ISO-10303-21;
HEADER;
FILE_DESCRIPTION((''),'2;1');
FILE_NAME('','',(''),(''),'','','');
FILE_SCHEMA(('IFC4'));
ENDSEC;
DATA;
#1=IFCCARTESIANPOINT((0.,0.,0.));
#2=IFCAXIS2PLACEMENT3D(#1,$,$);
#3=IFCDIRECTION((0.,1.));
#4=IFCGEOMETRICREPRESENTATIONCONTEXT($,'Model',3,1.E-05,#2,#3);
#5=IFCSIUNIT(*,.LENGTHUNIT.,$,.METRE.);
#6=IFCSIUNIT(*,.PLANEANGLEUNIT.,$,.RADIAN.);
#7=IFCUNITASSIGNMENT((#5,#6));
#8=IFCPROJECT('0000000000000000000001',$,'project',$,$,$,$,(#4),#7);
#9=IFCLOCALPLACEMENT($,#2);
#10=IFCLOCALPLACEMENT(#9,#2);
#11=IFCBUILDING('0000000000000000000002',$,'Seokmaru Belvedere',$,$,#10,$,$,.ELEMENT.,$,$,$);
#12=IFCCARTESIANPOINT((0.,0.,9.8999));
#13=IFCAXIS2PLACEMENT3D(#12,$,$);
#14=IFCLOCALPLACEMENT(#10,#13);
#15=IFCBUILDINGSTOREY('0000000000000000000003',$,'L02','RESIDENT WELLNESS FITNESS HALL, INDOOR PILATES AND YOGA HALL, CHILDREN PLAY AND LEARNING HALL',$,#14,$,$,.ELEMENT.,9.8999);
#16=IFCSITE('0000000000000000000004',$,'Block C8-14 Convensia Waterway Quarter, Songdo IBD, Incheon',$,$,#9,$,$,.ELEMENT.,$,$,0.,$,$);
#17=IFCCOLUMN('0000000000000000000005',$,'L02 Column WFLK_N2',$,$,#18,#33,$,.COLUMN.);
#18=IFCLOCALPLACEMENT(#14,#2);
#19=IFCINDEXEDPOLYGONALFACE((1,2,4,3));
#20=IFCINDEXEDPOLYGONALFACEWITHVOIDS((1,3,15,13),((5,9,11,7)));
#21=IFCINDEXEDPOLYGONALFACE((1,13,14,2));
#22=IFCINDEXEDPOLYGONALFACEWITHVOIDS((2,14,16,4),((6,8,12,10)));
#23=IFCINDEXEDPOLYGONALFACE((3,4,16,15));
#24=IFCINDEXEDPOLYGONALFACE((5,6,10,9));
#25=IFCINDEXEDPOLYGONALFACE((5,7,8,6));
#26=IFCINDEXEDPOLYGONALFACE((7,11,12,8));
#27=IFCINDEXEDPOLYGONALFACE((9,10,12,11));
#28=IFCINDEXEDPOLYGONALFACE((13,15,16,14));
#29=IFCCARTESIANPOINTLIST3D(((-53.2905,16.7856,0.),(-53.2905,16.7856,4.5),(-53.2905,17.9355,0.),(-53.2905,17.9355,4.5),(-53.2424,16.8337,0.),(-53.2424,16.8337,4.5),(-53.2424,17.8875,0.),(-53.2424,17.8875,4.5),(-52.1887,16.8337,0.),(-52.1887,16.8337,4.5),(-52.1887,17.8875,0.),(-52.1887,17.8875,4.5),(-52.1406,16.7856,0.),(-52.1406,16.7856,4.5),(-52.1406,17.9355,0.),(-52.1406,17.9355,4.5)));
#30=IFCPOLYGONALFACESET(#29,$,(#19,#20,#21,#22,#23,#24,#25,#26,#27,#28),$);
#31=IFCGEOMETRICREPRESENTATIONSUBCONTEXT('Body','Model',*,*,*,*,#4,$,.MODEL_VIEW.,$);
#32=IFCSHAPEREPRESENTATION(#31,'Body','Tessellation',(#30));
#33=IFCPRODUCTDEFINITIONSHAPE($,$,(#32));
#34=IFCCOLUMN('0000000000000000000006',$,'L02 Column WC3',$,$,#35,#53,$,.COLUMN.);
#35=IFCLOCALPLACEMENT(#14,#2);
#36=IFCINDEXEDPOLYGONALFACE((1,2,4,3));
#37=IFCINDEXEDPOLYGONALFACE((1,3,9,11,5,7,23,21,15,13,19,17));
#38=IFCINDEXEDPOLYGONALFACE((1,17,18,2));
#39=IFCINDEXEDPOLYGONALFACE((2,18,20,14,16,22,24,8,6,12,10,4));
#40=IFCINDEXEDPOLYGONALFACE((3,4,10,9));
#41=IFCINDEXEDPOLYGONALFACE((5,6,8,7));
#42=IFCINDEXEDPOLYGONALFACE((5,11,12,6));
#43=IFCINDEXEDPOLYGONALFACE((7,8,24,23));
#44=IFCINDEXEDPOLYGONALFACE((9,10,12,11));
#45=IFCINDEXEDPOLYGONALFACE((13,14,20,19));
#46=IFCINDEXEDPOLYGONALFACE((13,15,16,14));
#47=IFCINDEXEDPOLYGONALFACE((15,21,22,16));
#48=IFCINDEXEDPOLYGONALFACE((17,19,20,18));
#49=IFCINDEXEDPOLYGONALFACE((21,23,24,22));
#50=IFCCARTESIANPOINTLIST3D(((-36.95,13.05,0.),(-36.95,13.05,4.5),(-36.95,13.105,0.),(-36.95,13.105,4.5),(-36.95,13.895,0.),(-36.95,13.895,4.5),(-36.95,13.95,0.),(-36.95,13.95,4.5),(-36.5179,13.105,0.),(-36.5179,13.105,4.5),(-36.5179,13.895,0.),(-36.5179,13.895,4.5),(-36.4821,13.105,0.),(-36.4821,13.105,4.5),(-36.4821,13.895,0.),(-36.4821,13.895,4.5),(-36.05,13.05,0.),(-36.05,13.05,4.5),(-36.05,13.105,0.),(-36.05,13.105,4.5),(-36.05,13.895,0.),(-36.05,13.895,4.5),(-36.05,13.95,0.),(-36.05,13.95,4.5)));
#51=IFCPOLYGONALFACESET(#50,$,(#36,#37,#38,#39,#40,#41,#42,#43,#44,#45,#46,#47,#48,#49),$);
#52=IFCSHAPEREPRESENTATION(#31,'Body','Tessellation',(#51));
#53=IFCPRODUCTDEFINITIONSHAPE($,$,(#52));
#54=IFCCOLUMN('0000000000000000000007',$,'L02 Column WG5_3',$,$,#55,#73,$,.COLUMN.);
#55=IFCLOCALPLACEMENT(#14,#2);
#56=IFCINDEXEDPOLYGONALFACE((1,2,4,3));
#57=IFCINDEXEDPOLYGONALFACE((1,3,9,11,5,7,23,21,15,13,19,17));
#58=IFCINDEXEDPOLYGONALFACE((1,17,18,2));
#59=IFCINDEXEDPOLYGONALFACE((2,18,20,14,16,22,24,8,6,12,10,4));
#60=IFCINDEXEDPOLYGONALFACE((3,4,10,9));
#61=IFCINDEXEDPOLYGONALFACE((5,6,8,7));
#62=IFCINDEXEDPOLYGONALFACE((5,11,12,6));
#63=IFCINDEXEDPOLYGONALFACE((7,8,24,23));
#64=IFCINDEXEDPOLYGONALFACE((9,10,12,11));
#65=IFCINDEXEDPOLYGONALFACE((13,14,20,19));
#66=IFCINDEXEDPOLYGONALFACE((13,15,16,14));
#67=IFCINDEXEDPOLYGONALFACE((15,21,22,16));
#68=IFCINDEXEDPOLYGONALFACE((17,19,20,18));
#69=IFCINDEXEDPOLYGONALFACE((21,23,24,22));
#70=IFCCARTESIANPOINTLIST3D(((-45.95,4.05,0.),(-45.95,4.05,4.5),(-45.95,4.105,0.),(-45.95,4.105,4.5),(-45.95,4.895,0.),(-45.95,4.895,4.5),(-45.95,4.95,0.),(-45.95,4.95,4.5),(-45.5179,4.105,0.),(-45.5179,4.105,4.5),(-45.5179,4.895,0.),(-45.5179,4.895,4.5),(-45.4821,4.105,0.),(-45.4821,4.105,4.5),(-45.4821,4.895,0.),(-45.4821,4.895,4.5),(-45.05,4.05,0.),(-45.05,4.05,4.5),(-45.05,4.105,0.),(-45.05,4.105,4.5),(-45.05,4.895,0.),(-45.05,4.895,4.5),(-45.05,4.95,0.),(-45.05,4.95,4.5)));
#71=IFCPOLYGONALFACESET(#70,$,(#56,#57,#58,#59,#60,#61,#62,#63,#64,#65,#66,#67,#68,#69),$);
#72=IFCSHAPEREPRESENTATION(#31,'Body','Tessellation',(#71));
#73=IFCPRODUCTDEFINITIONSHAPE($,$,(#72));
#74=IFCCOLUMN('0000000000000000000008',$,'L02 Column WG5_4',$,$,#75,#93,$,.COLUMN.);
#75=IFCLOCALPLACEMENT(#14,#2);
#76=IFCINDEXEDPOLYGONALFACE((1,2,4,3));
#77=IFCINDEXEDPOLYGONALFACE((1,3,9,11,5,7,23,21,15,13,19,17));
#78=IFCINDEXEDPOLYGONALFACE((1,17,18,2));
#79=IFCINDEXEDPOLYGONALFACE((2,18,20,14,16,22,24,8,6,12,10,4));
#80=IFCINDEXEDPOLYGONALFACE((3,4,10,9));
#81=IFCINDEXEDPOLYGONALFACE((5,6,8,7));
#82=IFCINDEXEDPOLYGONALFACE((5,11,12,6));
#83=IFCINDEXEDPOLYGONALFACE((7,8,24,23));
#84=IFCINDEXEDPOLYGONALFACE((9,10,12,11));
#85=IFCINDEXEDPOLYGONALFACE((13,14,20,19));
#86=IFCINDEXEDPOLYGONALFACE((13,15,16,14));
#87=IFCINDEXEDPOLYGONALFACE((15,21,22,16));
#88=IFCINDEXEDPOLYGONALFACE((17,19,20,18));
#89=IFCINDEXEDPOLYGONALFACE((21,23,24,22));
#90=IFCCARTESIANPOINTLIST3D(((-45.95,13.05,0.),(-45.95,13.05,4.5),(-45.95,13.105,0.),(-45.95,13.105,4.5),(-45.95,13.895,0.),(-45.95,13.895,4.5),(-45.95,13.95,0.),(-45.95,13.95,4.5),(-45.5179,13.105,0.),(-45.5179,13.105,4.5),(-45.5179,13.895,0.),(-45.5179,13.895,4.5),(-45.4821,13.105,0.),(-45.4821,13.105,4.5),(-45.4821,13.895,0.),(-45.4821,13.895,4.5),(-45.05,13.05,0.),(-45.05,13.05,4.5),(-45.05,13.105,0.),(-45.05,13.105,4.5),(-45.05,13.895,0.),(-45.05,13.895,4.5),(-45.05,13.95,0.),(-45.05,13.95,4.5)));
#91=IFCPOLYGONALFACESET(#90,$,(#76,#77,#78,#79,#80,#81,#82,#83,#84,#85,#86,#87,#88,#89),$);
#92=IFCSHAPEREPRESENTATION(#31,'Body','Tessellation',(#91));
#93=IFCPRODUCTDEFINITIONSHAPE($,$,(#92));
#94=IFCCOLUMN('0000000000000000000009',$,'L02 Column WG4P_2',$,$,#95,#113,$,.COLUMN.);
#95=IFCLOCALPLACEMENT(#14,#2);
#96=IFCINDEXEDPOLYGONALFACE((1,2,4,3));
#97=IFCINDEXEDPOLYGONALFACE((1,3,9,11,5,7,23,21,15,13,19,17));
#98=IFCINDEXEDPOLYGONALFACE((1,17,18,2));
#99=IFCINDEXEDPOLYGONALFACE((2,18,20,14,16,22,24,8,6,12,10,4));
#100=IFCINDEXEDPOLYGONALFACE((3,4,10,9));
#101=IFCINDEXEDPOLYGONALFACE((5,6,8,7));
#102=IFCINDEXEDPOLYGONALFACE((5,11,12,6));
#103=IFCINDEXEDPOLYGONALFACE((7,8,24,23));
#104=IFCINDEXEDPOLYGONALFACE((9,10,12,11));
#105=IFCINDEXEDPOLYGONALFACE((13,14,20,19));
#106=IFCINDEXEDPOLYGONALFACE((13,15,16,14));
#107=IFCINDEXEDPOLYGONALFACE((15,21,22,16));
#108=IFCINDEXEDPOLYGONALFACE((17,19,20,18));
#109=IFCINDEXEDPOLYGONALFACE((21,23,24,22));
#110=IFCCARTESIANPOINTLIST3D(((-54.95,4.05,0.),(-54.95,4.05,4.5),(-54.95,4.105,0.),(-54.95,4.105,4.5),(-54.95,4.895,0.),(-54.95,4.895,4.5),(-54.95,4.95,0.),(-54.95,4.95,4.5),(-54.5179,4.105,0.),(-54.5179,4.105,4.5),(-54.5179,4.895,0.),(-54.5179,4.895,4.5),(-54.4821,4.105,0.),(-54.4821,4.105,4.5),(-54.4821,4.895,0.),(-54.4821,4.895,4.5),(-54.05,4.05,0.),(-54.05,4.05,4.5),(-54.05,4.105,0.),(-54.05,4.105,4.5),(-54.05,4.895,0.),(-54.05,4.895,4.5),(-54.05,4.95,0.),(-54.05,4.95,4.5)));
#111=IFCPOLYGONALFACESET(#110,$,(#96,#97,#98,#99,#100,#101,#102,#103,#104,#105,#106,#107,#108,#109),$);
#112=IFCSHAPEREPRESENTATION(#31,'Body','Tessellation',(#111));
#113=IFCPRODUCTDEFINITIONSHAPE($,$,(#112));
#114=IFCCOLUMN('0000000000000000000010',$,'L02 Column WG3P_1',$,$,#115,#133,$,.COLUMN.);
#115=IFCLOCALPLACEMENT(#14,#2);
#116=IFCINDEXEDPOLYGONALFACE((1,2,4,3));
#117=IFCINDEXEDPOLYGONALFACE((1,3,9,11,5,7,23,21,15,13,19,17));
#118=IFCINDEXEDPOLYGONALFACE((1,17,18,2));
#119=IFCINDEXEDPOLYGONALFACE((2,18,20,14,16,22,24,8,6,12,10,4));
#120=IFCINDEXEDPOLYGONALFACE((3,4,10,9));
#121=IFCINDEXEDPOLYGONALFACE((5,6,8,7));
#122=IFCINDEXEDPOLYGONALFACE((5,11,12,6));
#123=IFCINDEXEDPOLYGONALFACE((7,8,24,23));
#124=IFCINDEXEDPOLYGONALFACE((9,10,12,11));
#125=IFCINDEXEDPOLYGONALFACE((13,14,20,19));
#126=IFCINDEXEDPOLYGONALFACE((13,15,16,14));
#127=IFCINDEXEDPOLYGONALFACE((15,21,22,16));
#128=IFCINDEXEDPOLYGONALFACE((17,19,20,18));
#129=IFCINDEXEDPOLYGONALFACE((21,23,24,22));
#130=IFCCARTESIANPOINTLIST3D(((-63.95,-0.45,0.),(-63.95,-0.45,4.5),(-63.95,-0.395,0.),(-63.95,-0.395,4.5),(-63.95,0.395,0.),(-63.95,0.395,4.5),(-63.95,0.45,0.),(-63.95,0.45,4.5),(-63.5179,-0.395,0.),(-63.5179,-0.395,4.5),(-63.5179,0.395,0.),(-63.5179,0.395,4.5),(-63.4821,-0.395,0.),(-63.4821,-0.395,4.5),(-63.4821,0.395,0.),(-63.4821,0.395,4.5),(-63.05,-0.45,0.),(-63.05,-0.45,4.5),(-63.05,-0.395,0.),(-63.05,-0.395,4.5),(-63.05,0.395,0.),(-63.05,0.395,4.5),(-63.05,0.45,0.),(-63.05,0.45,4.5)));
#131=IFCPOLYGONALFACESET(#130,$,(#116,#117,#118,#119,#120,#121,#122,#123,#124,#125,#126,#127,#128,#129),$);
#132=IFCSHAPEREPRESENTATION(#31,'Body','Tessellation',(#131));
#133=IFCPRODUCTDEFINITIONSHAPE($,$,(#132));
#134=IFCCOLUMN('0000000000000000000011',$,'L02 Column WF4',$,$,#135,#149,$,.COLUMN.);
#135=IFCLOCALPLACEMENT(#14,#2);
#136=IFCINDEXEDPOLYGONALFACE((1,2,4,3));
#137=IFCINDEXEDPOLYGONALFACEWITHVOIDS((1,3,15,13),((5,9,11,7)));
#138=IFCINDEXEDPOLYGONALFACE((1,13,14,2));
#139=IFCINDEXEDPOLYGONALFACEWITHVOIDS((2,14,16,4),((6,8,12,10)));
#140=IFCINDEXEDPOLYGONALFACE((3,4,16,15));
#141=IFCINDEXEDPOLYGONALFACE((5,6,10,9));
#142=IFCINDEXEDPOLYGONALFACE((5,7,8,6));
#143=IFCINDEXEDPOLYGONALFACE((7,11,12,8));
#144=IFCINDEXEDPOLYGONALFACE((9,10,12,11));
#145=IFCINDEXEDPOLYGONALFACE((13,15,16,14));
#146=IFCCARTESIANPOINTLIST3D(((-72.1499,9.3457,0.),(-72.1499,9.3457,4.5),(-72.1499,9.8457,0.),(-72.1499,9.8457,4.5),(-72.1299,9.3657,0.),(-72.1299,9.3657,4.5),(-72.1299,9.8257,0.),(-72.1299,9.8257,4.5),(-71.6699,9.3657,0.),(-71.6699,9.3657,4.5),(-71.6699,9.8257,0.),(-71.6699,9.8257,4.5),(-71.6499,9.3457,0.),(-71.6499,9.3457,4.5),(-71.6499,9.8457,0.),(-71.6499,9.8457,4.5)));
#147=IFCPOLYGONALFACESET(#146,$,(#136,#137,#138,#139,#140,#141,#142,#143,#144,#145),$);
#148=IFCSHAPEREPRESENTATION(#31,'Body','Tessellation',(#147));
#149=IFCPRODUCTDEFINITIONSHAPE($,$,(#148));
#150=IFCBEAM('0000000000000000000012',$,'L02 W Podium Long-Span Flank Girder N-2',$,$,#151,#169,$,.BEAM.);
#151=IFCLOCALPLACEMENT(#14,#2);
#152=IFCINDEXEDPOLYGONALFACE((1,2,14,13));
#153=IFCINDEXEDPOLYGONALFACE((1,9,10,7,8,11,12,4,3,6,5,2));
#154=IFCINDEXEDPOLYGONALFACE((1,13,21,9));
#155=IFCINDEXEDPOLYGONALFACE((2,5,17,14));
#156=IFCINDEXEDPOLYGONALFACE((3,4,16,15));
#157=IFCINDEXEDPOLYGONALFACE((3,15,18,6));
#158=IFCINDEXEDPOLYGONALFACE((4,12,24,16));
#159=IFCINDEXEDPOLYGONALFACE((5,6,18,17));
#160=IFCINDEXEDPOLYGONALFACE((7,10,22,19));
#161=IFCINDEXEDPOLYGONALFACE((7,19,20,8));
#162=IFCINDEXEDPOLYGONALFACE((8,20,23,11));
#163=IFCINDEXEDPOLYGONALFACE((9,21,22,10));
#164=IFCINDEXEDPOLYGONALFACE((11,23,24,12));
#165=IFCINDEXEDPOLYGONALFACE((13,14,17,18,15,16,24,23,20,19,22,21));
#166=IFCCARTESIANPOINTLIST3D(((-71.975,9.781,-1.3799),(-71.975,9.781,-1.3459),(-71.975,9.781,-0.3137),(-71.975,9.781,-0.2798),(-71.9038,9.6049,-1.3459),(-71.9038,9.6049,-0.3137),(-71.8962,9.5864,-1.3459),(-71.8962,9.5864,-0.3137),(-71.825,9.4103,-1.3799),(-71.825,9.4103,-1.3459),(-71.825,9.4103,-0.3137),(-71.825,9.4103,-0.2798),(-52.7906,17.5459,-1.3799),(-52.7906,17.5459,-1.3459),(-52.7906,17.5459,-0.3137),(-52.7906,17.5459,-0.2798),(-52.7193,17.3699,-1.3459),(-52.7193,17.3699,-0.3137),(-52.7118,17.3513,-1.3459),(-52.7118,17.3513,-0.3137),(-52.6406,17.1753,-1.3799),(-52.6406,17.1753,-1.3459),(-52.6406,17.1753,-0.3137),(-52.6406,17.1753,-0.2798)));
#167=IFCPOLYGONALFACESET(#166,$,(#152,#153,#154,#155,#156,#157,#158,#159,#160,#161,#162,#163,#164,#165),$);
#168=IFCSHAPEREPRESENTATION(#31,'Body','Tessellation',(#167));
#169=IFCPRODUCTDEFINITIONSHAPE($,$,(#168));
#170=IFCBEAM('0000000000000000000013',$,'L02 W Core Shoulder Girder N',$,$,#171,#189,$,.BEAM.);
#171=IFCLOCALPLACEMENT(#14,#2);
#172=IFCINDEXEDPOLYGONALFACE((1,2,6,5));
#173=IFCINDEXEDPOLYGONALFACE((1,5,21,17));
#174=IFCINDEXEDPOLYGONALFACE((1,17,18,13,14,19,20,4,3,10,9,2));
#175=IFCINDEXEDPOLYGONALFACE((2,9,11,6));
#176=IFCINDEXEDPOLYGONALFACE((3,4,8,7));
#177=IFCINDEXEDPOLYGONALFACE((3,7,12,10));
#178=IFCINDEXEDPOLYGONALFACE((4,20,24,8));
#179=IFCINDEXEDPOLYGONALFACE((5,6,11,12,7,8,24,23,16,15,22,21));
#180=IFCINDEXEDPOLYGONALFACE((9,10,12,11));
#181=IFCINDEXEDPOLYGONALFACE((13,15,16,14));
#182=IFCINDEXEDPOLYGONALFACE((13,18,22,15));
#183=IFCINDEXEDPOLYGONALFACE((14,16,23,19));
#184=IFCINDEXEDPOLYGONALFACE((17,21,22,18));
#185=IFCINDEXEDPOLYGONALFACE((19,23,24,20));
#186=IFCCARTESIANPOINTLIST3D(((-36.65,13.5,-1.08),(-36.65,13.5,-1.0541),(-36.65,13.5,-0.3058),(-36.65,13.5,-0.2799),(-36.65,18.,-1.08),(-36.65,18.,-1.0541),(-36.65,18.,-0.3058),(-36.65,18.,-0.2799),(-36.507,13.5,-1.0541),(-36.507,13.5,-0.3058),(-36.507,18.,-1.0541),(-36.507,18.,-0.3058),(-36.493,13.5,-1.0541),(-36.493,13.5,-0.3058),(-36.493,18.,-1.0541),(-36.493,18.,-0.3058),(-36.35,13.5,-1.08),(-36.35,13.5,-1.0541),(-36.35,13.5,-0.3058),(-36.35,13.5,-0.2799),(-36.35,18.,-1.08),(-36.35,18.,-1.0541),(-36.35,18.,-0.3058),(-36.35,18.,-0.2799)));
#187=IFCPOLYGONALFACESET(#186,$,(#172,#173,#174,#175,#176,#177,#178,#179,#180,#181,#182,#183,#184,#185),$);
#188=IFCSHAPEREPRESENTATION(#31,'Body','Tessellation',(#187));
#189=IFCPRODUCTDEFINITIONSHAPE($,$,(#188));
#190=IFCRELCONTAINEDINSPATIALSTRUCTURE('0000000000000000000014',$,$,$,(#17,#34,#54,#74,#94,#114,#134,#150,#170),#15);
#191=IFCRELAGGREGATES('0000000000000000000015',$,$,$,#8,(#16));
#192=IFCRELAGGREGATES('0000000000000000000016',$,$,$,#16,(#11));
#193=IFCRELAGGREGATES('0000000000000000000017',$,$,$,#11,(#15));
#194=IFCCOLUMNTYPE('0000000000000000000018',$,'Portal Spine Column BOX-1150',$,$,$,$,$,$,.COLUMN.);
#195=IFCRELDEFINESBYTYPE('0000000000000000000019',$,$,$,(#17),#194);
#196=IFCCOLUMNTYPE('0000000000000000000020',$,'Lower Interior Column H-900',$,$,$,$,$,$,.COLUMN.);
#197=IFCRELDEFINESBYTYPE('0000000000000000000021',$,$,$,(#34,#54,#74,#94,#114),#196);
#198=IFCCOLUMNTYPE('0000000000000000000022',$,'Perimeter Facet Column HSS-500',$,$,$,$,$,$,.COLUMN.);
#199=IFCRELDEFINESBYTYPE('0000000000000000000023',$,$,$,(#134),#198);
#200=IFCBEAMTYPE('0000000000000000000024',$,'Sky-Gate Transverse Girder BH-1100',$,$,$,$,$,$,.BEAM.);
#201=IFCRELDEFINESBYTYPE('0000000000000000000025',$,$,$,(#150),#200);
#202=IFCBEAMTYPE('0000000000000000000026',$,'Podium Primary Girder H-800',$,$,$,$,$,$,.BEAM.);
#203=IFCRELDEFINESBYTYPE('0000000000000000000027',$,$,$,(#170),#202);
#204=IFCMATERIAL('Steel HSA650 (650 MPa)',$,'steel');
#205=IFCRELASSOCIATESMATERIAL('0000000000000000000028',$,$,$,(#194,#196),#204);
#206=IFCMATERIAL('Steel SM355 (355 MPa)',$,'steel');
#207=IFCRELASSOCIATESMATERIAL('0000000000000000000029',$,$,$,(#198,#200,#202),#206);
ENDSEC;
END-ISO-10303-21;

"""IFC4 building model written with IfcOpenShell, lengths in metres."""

from ifc_helpers import new_model, si_unit, direction, frame, origin, origin_2d, place, context, subcontext, project, spatial, hollow_rectangle, i_section, extrude, source, transform, mapped, material, material_profile, profile_set, type_object, type_shapes, element, save


model = new_model("IFC4")

# Units and contexts
model_context = context("Model", 3, precision=1e-05, world=origin(), true_north=direction((0.0, 1.0)))
body_context = subcontext(model_context, "Body", "Model", "MODEL_VIEW")
ifc_project = project(units=[si_unit("LENGTHUNIT", "METRE"), si_unit("PLANEANGLEUNIT", "RADIAN")], contexts=[model_context])

# Site, building, storey
site_placement = place(None, origin())
site = spatial("IfcSite", under=ifc_project, at=site_placement, Name="Block C8-14 Convensia Waterway Quarter, Songdo IBD, Incheon", CompositionType="ELEMENT", RefElevation=0.0)
building_placement = place(site_placement, origin())
building = spatial("IfcBuilding", under=site, at=building_placement, Name="Seokmaru Belvedere", CompositionType="ELEMENT")
storey_placement = place(building_placement, frame((0.0, 0.0, 9.8999)))
storey = spatial("IfcBuildingStorey", under=building, at=storey_placement, Name="L02", Description="RESIDENT WELLNESS FITNESS HALL, INDOOR PILATES AND YOGA HALL, CHILDREN PLAY AND LEARNING HALL", CompositionType="ELEMENT", Elevation=9.8999)

# Columns
ifc_material_1 = material(Name="Steel HSA650 (650 MPa)", Category="steel")
ifc_material_profile_1 = material_profile(ifc_material_1, hollow_rectangle(XDim=1.1499, YDim=1.1499, WallThickness=0.0481, at=origin_2d()), Name="BOX-1150x1150x48")
ifc_profile_set_1 = profile_set([ifc_material_profile_1], Name="Steel HSA650 (650 MPa)")
column_type_1 = type_object("IfcColumnType", Name="Portal Spine Column BOX-1150", PredefinedType="COLUMN", material=ifc_profile_set_1)
shared_shape_1 = source(origin(), body_context, "Body", "SweptSolid", [
    extrude(hollow_rectangle(XDim=1.1499, YDim=1.1499, WallThickness=0.0481, at=origin_2d()), origin(), (0.0, 0.0, 1.0), 4.5),
])
type_shapes(column_type_1, [shared_shape_1])
column_1_placement = place(storey_placement, frame((-52.7156, 17.3606, 0.0), z_axis=(0.0, 0.0, 1.0), x_axis=(1.0, 0.0, 0.0)))
element("IfcColumn", 1, at=column_1_placement, inside=storey, type_object=column_type_1, Name="L02 Column WFLK_N2", PredefinedType="COLUMN", context=body_context, shape_type="MappedRepresentation", body=[
    mapped(shared_shape_1, transform((0.0, 0.0, 0.0), scale=1.0)),
])
ifc_material_profile_2 = material_profile(ifc_material_1, i_section(OverallWidth=0.8999, OverallDepth=0.8999, WebThickness=0.0359, FlangeThickness=0.0549, at=origin_2d()), Name="H-900x900x36x55")
ifc_profile_set_2 = profile_set([ifc_material_profile_2], Name="Steel HSA650 (650 MPa)")
column_type_2 = type_object("IfcColumnType", Name="Lower Interior Column H-900", PredefinedType="COLUMN", material=ifc_profile_set_2)
shared_shape_2 = source(origin(), body_context, "Body", "SweptSolid", [
    extrude(i_section(OverallWidth=0.8999, OverallDepth=0.8999, WebThickness=0.0359, FlangeThickness=0.0549, at=origin_2d()), origin(), (0.0, 0.0, 1.0), 4.5),
])
type_shapes(column_type_2, [shared_shape_2])
for number, where, z_axis, x_axis, name in (
    (2, (-36.5, 13.5, 0.0), (0.0, 0.0, 1.0), (1.0, 0.0, 0.0), "L02 Column WC3"),
    (3, (-45.5, 4.5, 0.0), (0.0, 0.0, 1.0), (1.0, 0.0, 0.0), "L02 Column WG5_3"),
    (4, (-45.5, 13.5, 0.0), (0.0, 0.0, 1.0), (1.0, 0.0, 0.0), "L02 Column WG5_4"),
    (5, (-54.5, 4.5, 0.0), (0.0, 0.0, 1.0), (1.0, 0.0, 0.0), "L02 Column WG4P_2"),
    (6, (-63.5, 0.0, 0.0), (0.0, 0.0, 1.0), (1.0, 0.0, 0.0), "L02 Column WG3P_1"),
):
    element("IfcColumn", number, at=place(storey_placement, frame(where, z_axis=z_axis, x_axis=x_axis)), inside=storey, type_object=column_type_2, Name=name, PredefinedType="COLUMN", context=body_context, shape_type="MappedRepresentation", body=[
        mapped(shared_shape_2, transform((0.0, 0.0, 0.0), scale=1.0)),
    ])
ifc_material_2 = material(Name="Steel SM355 (355 MPa)", Category="steel")
ifc_material_profile_3 = material_profile(ifc_material_2, hollow_rectangle(XDim=0.5, YDim=0.5, WallThickness=0.02, at=origin_2d()), Name="HSS-500x500x20")
ifc_profile_set_3 = profile_set([ifc_material_profile_3], Name="Steel SM355 (355 MPa)")
column_type_3 = type_object("IfcColumnType", Name="Perimeter Facet Column HSS-500", PredefinedType="COLUMN", material=ifc_profile_set_3)
shared_shape_3 = source(origin(), body_context, "Body", "SweptSolid", [
    extrude(hollow_rectangle(XDim=0.5, YDim=0.5, WallThickness=0.02, at=origin_2d()), origin(), (0.0, 0.0, 1.0), 4.5),
])
type_shapes(column_type_3, [shared_shape_3])
column_2_placement = place(storey_placement, frame((-71.8999, 9.5957, 0.0), z_axis=(0.0, 0.0, 1.0), x_axis=(1.0, 0.0, 0.0)))
element("IfcColumn", 7, at=column_2_placement, inside=storey, type_object=column_type_3, Name="L02 Column WF4", PredefinedType="COLUMN", context=body_context, shape_type="MappedRepresentation", body=[
    mapped(shared_shape_3, transform((0.0, 0.0, 0.0), scale=1.0)),
])

# Beams
ifc_material_profile_4 = material_profile(ifc_material_2, i_section(OverallWidth=0.3999, OverallDepth=1.1001, WebThickness=0.02, FlangeThickness=0.0339, at=origin_2d()), Name="BH-1100x400x20x34")
ifc_profile_set_4 = profile_set([ifc_material_profile_4], Name="Steel SM355 (355 MPa)")
beam_type_1 = type_object("IfcBeamType", Name="Sky-Gate Transverse Girder BH-1100", PredefinedType="BEAM", material=ifc_profile_set_4)
shared_shape_4 = source(origin(), body_context, "Body", "SweptSolid", [
    extrude(i_section(OverallWidth=0.3999, OverallDepth=1.1001, WebThickness=0.02, FlangeThickness=0.0339, at=origin_2d()), origin(), (0.0, 0.0, 1.0), 20.6963),
])
type_shapes(beam_type_1, [shared_shape_4])
beam_1_placement = place(storey_placement, frame((-52.7156, 17.3606, -0.8298), z_axis=(-0.92695, -0.375185, 0.0), x_axis=(0.375185, -0.92695, 0.0)))
element("IfcBeam", 8, at=beam_1_placement, inside=storey, type_object=beam_type_1, Name="L02 W Podium Long-Span Flank Girder N-2", PredefinedType="BEAM", context=body_context, shape_type="MappedRepresentation", body=[
    mapped(shared_shape_4, transform((0.0, 0.0, 0.0), scale=1.0)),
])
ifc_material_profile_5 = material_profile(ifc_material_2, i_section(OverallWidth=0.3, OverallDepth=0.8, WebThickness=0.0139, FlangeThickness=0.0259, at=origin_2d()), Name="H-800x300x14x26")
ifc_profile_set_5 = profile_set([ifc_material_profile_5], Name="Steel SM355 (355 MPa)")
beam_type_2 = type_object("IfcBeamType", Name="Podium Primary Girder H-800", PredefinedType="BEAM", material=ifc_profile_set_5)
shared_shape_5 = source(origin(), body_context, "Body", "SweptSolid", [
    extrude(i_section(OverallWidth=0.3, OverallDepth=0.8, WebThickness=0.0139, FlangeThickness=0.0259, at=origin_2d()), origin(), (0.0, 0.0, 1.0), 4.5),
])
beam_2_placement = place(storey_placement, frame((-36.5, 13.5, -0.6799), z_axis=(0.0, 1.0, 0.0), x_axis=(-1.0, 0.0, 0.0)))
element("IfcBeam", 9, at=beam_2_placement, inside=storey, type_object=beam_type_2, Name="L02 W Core Shoulder Girder N", PredefinedType="BEAM", context=body_context, shape_type="MappedRepresentation", body=[
    mapped(shared_shape_5, transform((0.0, 0.0, 0.0), scale=1.0)),
])

save(model, "model.ifc")
